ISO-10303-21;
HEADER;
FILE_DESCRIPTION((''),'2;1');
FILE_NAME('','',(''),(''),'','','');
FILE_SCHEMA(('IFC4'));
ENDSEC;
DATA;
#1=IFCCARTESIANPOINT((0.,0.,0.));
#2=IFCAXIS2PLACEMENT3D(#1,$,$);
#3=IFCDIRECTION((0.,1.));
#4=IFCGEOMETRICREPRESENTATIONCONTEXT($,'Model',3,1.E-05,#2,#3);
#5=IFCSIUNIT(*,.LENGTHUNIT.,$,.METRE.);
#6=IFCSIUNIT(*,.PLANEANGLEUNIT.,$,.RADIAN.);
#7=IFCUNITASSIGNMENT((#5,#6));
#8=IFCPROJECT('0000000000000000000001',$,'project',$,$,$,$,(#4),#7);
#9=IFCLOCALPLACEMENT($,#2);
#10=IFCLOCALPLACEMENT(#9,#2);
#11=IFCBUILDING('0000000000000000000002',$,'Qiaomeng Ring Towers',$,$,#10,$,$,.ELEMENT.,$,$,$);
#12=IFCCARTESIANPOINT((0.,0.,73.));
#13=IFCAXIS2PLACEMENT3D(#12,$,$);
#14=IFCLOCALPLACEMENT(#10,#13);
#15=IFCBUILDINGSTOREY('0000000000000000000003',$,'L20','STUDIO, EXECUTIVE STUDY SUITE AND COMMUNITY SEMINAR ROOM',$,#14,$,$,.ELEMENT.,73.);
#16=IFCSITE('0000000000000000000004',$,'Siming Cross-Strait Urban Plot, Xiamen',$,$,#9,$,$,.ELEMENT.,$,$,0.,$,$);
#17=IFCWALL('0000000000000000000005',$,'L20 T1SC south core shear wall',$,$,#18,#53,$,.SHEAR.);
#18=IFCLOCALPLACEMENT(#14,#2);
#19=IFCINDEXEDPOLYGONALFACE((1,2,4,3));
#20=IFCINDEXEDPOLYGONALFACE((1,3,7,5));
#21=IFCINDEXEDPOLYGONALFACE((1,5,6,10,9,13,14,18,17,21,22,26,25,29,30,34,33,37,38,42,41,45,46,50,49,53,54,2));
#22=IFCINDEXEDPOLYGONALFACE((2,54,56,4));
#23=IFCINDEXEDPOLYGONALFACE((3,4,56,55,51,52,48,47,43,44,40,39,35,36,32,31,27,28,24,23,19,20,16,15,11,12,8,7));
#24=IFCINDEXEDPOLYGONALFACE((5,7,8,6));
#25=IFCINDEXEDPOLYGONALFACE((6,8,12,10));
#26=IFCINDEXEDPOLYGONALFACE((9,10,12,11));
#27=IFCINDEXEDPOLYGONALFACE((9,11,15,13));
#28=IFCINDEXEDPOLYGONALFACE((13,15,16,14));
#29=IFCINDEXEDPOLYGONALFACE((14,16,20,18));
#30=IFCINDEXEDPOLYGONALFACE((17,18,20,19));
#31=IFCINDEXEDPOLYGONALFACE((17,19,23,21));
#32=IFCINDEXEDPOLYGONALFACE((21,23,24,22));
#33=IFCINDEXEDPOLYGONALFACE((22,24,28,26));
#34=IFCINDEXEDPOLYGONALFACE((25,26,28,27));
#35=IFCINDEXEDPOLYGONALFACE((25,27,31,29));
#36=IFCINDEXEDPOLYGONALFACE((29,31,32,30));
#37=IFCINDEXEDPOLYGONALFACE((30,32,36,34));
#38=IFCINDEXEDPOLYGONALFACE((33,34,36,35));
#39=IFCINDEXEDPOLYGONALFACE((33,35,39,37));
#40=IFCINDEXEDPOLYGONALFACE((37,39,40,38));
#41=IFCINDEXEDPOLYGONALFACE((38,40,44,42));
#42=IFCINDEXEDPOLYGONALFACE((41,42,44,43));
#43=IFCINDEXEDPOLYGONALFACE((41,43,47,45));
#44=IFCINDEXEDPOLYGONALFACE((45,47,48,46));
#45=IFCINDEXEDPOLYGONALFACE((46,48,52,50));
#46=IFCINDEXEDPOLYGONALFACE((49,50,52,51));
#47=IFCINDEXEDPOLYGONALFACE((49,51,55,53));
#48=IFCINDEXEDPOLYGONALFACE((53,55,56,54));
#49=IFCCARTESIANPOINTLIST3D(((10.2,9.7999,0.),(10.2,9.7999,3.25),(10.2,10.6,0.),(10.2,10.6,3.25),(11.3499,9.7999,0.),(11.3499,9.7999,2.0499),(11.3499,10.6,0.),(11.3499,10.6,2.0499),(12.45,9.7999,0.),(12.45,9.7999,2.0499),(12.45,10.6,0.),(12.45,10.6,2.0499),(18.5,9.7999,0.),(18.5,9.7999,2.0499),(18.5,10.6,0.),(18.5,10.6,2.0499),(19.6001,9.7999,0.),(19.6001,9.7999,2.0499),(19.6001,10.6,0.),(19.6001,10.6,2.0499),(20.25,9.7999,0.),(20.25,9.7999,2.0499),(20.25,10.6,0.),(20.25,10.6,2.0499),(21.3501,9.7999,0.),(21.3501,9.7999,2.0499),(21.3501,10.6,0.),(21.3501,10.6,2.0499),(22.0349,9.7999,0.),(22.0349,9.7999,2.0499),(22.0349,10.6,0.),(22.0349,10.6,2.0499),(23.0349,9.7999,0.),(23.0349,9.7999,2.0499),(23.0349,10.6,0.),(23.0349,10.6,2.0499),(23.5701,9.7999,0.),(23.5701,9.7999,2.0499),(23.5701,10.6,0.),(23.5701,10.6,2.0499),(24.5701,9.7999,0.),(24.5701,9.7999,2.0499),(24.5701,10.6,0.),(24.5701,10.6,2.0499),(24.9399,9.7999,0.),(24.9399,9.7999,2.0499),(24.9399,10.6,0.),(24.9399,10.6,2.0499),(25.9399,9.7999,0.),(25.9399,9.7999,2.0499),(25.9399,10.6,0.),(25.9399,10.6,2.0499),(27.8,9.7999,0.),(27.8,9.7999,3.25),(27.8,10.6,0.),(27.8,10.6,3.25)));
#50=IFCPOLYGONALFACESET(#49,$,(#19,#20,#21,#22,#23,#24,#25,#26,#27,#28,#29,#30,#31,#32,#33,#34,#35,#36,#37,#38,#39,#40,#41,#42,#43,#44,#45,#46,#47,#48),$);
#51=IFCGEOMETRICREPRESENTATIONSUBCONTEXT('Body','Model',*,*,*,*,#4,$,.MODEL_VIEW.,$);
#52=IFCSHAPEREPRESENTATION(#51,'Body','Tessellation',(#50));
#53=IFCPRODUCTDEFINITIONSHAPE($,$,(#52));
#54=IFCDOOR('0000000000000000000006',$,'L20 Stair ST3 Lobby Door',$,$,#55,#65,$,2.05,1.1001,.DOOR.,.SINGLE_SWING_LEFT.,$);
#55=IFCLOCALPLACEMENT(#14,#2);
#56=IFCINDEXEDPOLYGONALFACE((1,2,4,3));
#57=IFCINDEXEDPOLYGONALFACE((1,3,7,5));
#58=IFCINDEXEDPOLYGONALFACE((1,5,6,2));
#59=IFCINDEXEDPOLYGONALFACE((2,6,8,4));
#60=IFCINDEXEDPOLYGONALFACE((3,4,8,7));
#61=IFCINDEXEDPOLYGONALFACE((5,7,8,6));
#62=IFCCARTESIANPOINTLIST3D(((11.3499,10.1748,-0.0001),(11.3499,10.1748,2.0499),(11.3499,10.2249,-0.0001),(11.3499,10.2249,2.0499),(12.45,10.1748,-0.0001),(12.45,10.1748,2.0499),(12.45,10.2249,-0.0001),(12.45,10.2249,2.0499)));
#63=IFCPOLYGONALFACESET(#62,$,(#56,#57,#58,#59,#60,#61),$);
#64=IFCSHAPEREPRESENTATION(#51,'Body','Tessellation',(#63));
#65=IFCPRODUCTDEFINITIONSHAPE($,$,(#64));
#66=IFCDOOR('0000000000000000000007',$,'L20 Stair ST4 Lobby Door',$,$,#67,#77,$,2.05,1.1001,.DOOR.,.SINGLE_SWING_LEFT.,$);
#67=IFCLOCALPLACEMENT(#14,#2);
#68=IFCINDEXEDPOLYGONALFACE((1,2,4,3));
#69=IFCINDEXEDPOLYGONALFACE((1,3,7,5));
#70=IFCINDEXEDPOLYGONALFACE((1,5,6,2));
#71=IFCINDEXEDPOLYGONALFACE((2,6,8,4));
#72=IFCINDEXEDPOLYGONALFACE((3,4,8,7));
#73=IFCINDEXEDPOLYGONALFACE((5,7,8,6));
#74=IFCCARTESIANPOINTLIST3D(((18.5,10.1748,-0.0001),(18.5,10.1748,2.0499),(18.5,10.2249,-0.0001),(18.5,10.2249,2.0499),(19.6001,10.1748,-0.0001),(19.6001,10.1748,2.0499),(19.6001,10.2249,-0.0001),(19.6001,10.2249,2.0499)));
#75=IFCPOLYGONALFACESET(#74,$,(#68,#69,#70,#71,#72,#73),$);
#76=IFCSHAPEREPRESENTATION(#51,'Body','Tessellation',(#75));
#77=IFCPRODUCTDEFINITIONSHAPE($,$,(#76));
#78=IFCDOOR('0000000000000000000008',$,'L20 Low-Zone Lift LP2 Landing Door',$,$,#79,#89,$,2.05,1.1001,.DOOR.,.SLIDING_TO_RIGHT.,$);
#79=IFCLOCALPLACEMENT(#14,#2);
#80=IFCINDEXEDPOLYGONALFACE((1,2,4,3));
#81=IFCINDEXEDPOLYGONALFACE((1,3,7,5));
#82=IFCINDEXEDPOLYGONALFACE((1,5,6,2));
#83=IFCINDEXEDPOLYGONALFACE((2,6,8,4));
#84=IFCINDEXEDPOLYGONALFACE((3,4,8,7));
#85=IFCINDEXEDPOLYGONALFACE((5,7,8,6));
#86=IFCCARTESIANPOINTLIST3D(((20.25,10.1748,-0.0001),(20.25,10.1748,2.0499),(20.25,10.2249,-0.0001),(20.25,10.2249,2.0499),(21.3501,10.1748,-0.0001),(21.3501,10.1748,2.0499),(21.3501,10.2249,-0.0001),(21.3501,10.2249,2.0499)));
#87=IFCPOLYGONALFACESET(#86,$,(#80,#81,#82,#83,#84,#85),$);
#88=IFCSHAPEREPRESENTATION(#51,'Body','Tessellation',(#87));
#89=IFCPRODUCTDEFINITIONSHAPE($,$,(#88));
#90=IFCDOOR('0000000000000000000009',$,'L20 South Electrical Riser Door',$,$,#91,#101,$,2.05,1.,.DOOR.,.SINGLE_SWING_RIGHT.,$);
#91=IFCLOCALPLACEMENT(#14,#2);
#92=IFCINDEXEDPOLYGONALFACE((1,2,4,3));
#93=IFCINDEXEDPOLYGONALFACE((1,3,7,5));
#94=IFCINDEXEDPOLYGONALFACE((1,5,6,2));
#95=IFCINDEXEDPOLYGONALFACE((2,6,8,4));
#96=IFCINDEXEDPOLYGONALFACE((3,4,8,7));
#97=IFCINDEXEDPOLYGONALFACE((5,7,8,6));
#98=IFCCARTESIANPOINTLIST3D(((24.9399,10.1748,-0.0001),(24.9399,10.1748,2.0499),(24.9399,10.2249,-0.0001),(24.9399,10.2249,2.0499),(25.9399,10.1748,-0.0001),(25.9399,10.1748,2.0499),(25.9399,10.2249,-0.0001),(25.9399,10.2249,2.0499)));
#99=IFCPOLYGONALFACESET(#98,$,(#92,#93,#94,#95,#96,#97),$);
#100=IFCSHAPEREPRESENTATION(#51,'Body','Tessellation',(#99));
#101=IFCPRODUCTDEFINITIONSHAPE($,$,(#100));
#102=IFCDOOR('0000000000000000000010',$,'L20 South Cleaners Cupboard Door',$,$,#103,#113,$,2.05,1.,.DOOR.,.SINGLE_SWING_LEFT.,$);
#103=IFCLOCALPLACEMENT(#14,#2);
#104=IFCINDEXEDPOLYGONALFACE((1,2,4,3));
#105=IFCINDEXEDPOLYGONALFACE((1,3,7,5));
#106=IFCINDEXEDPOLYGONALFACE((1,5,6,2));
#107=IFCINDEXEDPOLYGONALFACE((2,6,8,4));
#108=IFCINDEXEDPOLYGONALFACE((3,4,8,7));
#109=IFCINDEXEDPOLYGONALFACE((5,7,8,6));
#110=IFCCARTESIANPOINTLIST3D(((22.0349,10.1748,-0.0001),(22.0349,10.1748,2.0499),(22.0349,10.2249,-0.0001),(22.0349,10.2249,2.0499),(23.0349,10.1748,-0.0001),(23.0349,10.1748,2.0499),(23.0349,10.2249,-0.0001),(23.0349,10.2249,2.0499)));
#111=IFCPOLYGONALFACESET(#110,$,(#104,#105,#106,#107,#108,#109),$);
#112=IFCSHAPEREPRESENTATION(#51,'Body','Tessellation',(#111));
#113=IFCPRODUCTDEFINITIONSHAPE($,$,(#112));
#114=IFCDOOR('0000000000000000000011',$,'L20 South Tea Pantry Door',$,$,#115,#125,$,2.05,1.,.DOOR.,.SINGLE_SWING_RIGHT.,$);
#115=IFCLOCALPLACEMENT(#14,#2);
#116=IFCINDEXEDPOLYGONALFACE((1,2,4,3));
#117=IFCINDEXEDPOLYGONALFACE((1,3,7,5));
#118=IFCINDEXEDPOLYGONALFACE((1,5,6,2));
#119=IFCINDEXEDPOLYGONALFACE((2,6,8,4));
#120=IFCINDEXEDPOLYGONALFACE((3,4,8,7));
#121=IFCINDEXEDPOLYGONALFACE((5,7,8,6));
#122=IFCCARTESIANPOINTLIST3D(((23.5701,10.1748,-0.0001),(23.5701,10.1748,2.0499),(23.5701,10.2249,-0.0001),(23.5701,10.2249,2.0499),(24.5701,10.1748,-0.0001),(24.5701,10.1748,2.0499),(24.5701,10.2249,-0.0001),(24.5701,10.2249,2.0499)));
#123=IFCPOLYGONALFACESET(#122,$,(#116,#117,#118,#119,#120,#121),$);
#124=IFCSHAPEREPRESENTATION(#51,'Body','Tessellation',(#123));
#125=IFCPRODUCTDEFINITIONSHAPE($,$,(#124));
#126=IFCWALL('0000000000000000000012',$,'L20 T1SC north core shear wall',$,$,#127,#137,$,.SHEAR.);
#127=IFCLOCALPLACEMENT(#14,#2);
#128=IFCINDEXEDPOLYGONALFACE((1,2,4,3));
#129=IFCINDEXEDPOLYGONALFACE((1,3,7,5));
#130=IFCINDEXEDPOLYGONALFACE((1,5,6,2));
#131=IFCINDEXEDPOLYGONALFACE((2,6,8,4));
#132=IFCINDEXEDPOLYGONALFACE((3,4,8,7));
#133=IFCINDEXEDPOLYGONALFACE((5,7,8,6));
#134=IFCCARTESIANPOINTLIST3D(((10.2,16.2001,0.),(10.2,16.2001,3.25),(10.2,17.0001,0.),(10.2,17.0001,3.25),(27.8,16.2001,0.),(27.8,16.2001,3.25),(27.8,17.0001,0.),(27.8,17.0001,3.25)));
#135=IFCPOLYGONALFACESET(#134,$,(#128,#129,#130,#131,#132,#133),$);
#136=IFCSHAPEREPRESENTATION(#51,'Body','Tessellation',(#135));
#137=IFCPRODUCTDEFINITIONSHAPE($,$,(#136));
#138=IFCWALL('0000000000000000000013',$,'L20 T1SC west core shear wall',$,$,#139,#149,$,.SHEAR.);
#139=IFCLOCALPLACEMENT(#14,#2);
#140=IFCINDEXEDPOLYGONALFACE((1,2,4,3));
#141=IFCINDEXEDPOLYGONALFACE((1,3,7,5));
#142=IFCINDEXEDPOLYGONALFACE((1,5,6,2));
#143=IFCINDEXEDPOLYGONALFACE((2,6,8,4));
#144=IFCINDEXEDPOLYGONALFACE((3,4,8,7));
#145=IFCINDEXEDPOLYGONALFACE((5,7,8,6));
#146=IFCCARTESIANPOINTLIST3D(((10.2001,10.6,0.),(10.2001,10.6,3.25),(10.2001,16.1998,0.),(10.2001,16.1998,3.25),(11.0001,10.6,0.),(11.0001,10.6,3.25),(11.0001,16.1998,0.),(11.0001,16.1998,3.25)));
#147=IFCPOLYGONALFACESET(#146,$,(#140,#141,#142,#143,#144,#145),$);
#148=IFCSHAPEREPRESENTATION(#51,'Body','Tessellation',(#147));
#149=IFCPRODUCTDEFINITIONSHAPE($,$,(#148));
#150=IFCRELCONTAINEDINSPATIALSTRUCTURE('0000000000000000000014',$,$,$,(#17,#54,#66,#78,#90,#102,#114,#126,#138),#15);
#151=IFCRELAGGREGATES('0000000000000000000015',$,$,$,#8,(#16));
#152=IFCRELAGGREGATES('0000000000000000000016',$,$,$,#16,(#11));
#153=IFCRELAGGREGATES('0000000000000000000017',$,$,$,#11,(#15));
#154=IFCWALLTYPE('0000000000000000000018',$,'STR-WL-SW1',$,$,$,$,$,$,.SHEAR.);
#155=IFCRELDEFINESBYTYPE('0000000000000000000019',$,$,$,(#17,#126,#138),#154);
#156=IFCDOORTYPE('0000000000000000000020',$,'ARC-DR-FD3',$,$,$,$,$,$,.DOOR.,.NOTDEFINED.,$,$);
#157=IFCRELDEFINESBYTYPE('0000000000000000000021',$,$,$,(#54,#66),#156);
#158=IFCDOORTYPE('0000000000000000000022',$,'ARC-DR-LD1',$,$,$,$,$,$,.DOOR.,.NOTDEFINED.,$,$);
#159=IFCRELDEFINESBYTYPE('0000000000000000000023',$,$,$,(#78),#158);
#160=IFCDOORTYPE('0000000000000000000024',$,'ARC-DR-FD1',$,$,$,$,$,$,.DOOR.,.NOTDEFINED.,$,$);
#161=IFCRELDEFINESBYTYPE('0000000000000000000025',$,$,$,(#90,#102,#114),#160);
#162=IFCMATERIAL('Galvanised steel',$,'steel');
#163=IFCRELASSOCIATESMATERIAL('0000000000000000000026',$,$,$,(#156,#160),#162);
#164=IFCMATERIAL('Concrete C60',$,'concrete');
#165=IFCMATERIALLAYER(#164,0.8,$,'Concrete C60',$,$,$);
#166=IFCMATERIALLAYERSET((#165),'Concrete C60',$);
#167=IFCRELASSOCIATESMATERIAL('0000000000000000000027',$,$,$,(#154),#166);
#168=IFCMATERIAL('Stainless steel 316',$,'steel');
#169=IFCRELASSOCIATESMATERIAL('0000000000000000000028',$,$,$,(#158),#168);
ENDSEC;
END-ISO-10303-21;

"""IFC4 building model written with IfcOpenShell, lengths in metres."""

from ifc_helpers import new_model, si_unit, direction, frame, frame_2d, origin, place, context, subcontext, project, spatial, rectangle, extrude, source, transform, mapped, material, layer, layer_set, type_object, element, fill, save


model = new_model("IFC4")

# Units and contexts
model_context = context("Model", 3, precision=1e-05, world=origin(), true_north=direction((0.0, 1.0)))
body_context = subcontext(model_context, "Body", "Model", "MODEL_VIEW")
ifc_project = project(units=[si_unit("LENGTHUNIT", "METRE"), si_unit("PLANEANGLEUNIT", "RADIAN")], contexts=[model_context])

# Site, building, storey
site_placement = place(None, origin())
site = spatial("IfcSite", under=ifc_project, at=site_placement, Name="Siming Cross-Strait Urban Plot, Xiamen", CompositionType="ELEMENT", RefElevation=0.0)
building_placement = place(site_placement, origin())
building = spatial("IfcBuilding", under=site, at=building_placement, Name="Qiaomeng Ring Towers", CompositionType="ELEMENT")
storey_placement = place(building_placement, frame((0.0, 0.0, 73.0)))
storey = spatial("IfcBuildingStorey", under=building, at=storey_placement, Name="L20", Description="STUDIO, EXECUTIVE STUDY SUITE AND COMMUNITY SEMINAR ROOM", CompositionType="ELEMENT", Elevation=73.0)

# Shared definitions
shared_shape_1 = source(origin(), body_context, "Body", "SweptSolid", [
    extrude(rectangle(XDim=1.0, YDim=2.05, at=frame_2d((0.5, 1.0249))), frame((0.0, 0.0249, 0.0), z_axis=(0.0, -1.0, 0.0), x_axis=(1.0, 0.0, 0.0)), (0.0, 0.0, 1.0), 0.05),
])

# Shared definitions
ifc_material_1 = material(Name="Galvanised steel", Category="steel")
door_type_1 = type_object("IfcDoorType", Name="ARC-DR-FD3", OperationType="NOTDEFINED", PredefinedType="DOOR", material=ifc_material_1)
shared_shape_2 = source(origin(), body_context, "Body", "SweptSolid", [
    extrude(rectangle(XDim=1.1001, YDim=2.05, at=frame_2d((0.55, 1.0249))), frame((0.0, 0.0249, 0.0), z_axis=(0.0, -1.0, 0.0), x_axis=(1.0, 0.0, 0.0)), (0.0, 0.0, 1.0), 0.05),
])

# Wall, openings, doors
ifc_material_2 = material(Name="Concrete C60", Category="concrete")
ifc_layer_1 = layer(ifc_material_2, 0.8, Name="Concrete C60")
ifc_layer_set_1 = layer_set([ifc_layer_1], Name="Concrete C60")
wall_type_1 = type_object("IfcWallType", Name="STR-WL-SW1", PredefinedType="SHEAR", material=ifc_layer_set_1)
wall_1_placement = place(storey_placement, frame((10.2, 10.2, 0.0), z_axis=(0.0, 0.0, 1.0), x_axis=(1.0, 0.0, 0.0)))
wall_1 = element("IfcWall", 1, at=wall_1_placement, inside=storey, type_object=wall_type_1, Name="L20 T1SC south core shear wall", PredefinedType="SHEAR", context=body_context, shape_type="SweptSolid", body=[
    extrude(rectangle(XDim=17.6001, YDim=0.8, at=frame_2d((8.8, 0.0))), origin(), (0.0, 0.0, 1.0), 3.25),
])
opening_1_placement = place(wall_1_placement, frame((1.1499, 0.0, 0.0)))
opening_1 = element("IfcOpeningElement", 2, at=opening_1_placement, cuts=wall_1, PredefinedType="OPENING", context=body_context, shape_type="SweptSolid", body=[
    extrude(rectangle(XDim=1.1001, YDim=2.05, at=frame_2d((0.55, 1.0249))), frame((0.0, 0.4099, 0.0), z_axis=(0.0, -1.0, 0.0), x_axis=(1.0, 0.0, 0.0)), (0.0, 0.0, 1.0), 0.8201),
])
opening_2_placement = place(wall_1_placement, frame((8.3, 0.0, 0.0)))
opening_2 = element("IfcOpeningElement", 3, at=opening_2_placement, cuts=wall_1, PredefinedType="OPENING", context=body_context, shape_type="SweptSolid", body=[
    extrude(rectangle(XDim=1.1001, YDim=2.05, at=frame_2d((0.55, 1.0249))), frame((0.0, 0.4099, 0.0), z_axis=(0.0, -1.0, 0.0), x_axis=(1.0, 0.0, 0.0)), (0.0, 0.0, 1.0), 0.8201),
])
opening_3_placement = place(wall_1_placement, frame((10.05, 0.0, 0.0)))
opening_3 = element("IfcOpeningElement", 4, at=opening_3_placement, cuts=wall_1, PredefinedType="OPENING", context=body_context, shape_type="SweptSolid", body=[
    extrude(rectangle(XDim=1.1001, YDim=2.05, at=frame_2d((0.55, 1.0249))), frame((0.0, 0.4099, 0.0), z_axis=(0.0, -1.0, 0.0), x_axis=(1.0, 0.0, 0.0)), (0.0, 0.0, 1.0), 0.8201),
])
opening_4_placement = place(wall_1_placement, frame((14.74, 0.0, 0.0)))
opening_4 = element("IfcOpeningElement", 5, at=opening_4_placement, cuts=wall_1, PredefinedType="OPENING", context=body_context, shape_type="SweptSolid", body=[
    extrude(rectangle(XDim=1.0, YDim=2.05, at=frame_2d((0.5, 1.0249))), frame((0.0, 0.4099, 0.0), z_axis=(0.0, -1.0, 0.0), x_axis=(1.0, 0.0, 0.0)), (0.0, 0.0, 1.0), 0.8201),
])
opening_5_placement = place(wall_1_placement, frame((11.835, 0.0, 0.0)))
opening_5 = element("IfcOpeningElement", 6, at=opening_5_placement, cuts=wall_1, PredefinedType="OPENING", context=body_context, shape_type="SweptSolid", body=[
    extrude(rectangle(XDim=1.0, YDim=2.05, at=frame_2d((0.5, 1.0249))), frame((0.0, 0.4099, 0.0), z_axis=(0.0, -1.0, 0.0), x_axis=(1.0, 0.0, 0.0)), (0.0, 0.0, 1.0), 0.8201),
])
opening_6_placement = place(wall_1_placement, frame((13.3701, 0.0, 0.0)))
opening_6 = element("IfcOpeningElement", 7, at=opening_6_placement, cuts=wall_1, PredefinedType="OPENING", context=body_context, shape_type="SweptSolid", body=[
    extrude(rectangle(XDim=1.0, YDim=2.05, at=frame_2d((0.5, 1.0249))), frame((0.0, 0.4099, 0.0), z_axis=(0.0, -1.0, 0.0), x_axis=(1.0, 0.0, 0.0)), (0.0, 0.0, 1.0), 0.8201),
])
door_1_placement = place(opening_1_placement, origin())
door_1 = element("IfcDoor", 8, at=door_1_placement, inside=storey, type_object=door_type_1, Name="L20 Stair ST3 Lobby Door", OperationType="SINGLE_SWING_LEFT", OverallHeight=2.05, OverallWidth=1.1001, PredefinedType="DOOR", context=body_context, shape_type="MappedRepresentation", body=[
    mapped(shared_shape_2, transform((0.0, 0.0, 0.0), x_axis=(1.0, 0.0, 0.0), y_axis=(0.0, 1.0, 0.0), z_axis=(0.0, 0.0, 1.0), scale=1.0)),
])
fill(opening_1, door_1)
door_2_placement = place(opening_2_placement, origin())
door_2 = element("IfcDoor", 9, at=door_2_placement, inside=storey, type_object=door_type_1, Name="L20 Stair ST4 Lobby Door", OperationType="SINGLE_SWING_LEFT", OverallHeight=2.05, OverallWidth=1.1001, PredefinedType="DOOR", context=body_context, shape_type="MappedRepresentation", body=[
    mapped(shared_shape_2, transform((0.0, 0.0, 0.0), x_axis=(1.0, 0.0, 0.0), y_axis=(0.0, 1.0, 0.0), z_axis=(0.0, 0.0, 1.0), scale=1.0)),
])
fill(opening_2, door_2)
ifc_material_3 = material(Name="Stainless steel 316", Category="steel")
door_type_2 = type_object("IfcDoorType", Name="ARC-DR-LD1", OperationType="NOTDEFINED", PredefinedType="DOOR", material=ifc_material_3)
door_3_placement = place(opening_3_placement, origin())
door_3 = element("IfcDoor", 10, at=door_3_placement, inside=storey, type_object=door_type_2, Name="L20 Low-Zone Lift LP2 Landing Door", OperationType="SLIDING_TO_RIGHT", OverallHeight=2.05, OverallWidth=1.1001, PredefinedType="DOOR", context=body_context, shape_type="MappedRepresentation", body=[
    mapped(shared_shape_2, transform((0.0, 0.0, 0.0), x_axis=(1.0, 0.0, 0.0), y_axis=(0.0, 1.0, 0.0), z_axis=(0.0, 0.0, 1.0), scale=1.0)),
])
fill(opening_3, door_3)
door_type_3 = type_object("IfcDoorType", Name="ARC-DR-FD1", OperationType="NOTDEFINED", PredefinedType="DOOR", material=ifc_material_1)
door_4_placement = place(opening_4_placement, origin())
door_4 = element("IfcDoor", 11, at=door_4_placement, inside=storey, type_object=door_type_3, Name="L20 South Electrical Riser Door", OperationType="SINGLE_SWING_RIGHT", OverallHeight=2.05, OverallWidth=1.0, PredefinedType="DOOR", context=body_context, shape_type="MappedRepresentation", body=[
    mapped(shared_shape_1, transform((0.0, 0.0, 0.0), x_axis=(1.0, 0.0, 0.0), y_axis=(0.0, 1.0, 0.0), z_axis=(0.0, 0.0, 1.0), scale=1.0)),
])
fill(opening_4, door_4)
door_5_placement = place(opening_5_placement, origin())
door_5 = element("IfcDoor", 12, at=door_5_placement, inside=storey, type_object=door_type_3, Name="L20 South Cleaners Cupboard Door", OperationType="SINGLE_SWING_LEFT", OverallHeight=2.05, OverallWidth=1.0, PredefinedType="DOOR", context=body_context, shape_type="MappedRepresentation", body=[
    mapped(shared_shape_1, transform((0.0, 0.0, 0.0), x_axis=(1.0, 0.0, 0.0), y_axis=(0.0, 1.0, 0.0), z_axis=(0.0, 0.0, 1.0), scale=1.0)),
])
fill(opening_5, door_5)
door_6_placement = place(opening_6_placement, origin())
door_6 = element("IfcDoor", 13, at=door_6_placement, inside=storey, type_object=door_type_3, Name="L20 South Tea Pantry Door", OperationType="SINGLE_SWING_RIGHT", OverallHeight=2.05, OverallWidth=1.0, PredefinedType="DOOR", context=body_context, shape_type="MappedRepresentation", body=[
    mapped(shared_shape_1, transform((0.0, 0.0, 0.0), x_axis=(1.0, 0.0, 0.0), y_axis=(0.0, 1.0, 0.0), z_axis=(0.0, 0.0, 1.0), scale=1.0)),
])
fill(opening_6, door_6)

# Walls
wall_2_placement = place(storey_placement, frame((10.2, 16.6001, 0.0), z_axis=(0.0, 0.0, 1.0), x_axis=(1.0, 0.0, 0.0)))
element("IfcWall", 14, at=wall_2_placement, inside=storey, type_object=wall_type_1, Name="L20 T1SC north core shear wall", PredefinedType="SHEAR", context=body_context, shape_type="SweptSolid", body=[
    extrude(rectangle(XDim=17.6001, YDim=0.8, at=frame_2d((8.8, 0.0))), origin(), (0.0, 0.0, 1.0), 3.25),
])
wall_3_placement = place(storey_placement, frame((10.6001, 10.6001, 0.0), z_axis=(0.0, 0.0, 1.0), x_axis=(0.0, 1.0, 0.0)))
element("IfcWall", 15, at=wall_3_placement, inside=storey, type_object=wall_type_1, Name="L20 T1SC west core shear wall", PredefinedType="SHEAR", context=body_context, shape_type="SweptSolid", body=[
    extrude(rectangle(XDim=5.5999, YDim=0.8, at=frame_2d((2.7998, 0.0))), origin(), (0.0, 0.0, 1.0), 3.25),
])

save(model, "model.ifc")
